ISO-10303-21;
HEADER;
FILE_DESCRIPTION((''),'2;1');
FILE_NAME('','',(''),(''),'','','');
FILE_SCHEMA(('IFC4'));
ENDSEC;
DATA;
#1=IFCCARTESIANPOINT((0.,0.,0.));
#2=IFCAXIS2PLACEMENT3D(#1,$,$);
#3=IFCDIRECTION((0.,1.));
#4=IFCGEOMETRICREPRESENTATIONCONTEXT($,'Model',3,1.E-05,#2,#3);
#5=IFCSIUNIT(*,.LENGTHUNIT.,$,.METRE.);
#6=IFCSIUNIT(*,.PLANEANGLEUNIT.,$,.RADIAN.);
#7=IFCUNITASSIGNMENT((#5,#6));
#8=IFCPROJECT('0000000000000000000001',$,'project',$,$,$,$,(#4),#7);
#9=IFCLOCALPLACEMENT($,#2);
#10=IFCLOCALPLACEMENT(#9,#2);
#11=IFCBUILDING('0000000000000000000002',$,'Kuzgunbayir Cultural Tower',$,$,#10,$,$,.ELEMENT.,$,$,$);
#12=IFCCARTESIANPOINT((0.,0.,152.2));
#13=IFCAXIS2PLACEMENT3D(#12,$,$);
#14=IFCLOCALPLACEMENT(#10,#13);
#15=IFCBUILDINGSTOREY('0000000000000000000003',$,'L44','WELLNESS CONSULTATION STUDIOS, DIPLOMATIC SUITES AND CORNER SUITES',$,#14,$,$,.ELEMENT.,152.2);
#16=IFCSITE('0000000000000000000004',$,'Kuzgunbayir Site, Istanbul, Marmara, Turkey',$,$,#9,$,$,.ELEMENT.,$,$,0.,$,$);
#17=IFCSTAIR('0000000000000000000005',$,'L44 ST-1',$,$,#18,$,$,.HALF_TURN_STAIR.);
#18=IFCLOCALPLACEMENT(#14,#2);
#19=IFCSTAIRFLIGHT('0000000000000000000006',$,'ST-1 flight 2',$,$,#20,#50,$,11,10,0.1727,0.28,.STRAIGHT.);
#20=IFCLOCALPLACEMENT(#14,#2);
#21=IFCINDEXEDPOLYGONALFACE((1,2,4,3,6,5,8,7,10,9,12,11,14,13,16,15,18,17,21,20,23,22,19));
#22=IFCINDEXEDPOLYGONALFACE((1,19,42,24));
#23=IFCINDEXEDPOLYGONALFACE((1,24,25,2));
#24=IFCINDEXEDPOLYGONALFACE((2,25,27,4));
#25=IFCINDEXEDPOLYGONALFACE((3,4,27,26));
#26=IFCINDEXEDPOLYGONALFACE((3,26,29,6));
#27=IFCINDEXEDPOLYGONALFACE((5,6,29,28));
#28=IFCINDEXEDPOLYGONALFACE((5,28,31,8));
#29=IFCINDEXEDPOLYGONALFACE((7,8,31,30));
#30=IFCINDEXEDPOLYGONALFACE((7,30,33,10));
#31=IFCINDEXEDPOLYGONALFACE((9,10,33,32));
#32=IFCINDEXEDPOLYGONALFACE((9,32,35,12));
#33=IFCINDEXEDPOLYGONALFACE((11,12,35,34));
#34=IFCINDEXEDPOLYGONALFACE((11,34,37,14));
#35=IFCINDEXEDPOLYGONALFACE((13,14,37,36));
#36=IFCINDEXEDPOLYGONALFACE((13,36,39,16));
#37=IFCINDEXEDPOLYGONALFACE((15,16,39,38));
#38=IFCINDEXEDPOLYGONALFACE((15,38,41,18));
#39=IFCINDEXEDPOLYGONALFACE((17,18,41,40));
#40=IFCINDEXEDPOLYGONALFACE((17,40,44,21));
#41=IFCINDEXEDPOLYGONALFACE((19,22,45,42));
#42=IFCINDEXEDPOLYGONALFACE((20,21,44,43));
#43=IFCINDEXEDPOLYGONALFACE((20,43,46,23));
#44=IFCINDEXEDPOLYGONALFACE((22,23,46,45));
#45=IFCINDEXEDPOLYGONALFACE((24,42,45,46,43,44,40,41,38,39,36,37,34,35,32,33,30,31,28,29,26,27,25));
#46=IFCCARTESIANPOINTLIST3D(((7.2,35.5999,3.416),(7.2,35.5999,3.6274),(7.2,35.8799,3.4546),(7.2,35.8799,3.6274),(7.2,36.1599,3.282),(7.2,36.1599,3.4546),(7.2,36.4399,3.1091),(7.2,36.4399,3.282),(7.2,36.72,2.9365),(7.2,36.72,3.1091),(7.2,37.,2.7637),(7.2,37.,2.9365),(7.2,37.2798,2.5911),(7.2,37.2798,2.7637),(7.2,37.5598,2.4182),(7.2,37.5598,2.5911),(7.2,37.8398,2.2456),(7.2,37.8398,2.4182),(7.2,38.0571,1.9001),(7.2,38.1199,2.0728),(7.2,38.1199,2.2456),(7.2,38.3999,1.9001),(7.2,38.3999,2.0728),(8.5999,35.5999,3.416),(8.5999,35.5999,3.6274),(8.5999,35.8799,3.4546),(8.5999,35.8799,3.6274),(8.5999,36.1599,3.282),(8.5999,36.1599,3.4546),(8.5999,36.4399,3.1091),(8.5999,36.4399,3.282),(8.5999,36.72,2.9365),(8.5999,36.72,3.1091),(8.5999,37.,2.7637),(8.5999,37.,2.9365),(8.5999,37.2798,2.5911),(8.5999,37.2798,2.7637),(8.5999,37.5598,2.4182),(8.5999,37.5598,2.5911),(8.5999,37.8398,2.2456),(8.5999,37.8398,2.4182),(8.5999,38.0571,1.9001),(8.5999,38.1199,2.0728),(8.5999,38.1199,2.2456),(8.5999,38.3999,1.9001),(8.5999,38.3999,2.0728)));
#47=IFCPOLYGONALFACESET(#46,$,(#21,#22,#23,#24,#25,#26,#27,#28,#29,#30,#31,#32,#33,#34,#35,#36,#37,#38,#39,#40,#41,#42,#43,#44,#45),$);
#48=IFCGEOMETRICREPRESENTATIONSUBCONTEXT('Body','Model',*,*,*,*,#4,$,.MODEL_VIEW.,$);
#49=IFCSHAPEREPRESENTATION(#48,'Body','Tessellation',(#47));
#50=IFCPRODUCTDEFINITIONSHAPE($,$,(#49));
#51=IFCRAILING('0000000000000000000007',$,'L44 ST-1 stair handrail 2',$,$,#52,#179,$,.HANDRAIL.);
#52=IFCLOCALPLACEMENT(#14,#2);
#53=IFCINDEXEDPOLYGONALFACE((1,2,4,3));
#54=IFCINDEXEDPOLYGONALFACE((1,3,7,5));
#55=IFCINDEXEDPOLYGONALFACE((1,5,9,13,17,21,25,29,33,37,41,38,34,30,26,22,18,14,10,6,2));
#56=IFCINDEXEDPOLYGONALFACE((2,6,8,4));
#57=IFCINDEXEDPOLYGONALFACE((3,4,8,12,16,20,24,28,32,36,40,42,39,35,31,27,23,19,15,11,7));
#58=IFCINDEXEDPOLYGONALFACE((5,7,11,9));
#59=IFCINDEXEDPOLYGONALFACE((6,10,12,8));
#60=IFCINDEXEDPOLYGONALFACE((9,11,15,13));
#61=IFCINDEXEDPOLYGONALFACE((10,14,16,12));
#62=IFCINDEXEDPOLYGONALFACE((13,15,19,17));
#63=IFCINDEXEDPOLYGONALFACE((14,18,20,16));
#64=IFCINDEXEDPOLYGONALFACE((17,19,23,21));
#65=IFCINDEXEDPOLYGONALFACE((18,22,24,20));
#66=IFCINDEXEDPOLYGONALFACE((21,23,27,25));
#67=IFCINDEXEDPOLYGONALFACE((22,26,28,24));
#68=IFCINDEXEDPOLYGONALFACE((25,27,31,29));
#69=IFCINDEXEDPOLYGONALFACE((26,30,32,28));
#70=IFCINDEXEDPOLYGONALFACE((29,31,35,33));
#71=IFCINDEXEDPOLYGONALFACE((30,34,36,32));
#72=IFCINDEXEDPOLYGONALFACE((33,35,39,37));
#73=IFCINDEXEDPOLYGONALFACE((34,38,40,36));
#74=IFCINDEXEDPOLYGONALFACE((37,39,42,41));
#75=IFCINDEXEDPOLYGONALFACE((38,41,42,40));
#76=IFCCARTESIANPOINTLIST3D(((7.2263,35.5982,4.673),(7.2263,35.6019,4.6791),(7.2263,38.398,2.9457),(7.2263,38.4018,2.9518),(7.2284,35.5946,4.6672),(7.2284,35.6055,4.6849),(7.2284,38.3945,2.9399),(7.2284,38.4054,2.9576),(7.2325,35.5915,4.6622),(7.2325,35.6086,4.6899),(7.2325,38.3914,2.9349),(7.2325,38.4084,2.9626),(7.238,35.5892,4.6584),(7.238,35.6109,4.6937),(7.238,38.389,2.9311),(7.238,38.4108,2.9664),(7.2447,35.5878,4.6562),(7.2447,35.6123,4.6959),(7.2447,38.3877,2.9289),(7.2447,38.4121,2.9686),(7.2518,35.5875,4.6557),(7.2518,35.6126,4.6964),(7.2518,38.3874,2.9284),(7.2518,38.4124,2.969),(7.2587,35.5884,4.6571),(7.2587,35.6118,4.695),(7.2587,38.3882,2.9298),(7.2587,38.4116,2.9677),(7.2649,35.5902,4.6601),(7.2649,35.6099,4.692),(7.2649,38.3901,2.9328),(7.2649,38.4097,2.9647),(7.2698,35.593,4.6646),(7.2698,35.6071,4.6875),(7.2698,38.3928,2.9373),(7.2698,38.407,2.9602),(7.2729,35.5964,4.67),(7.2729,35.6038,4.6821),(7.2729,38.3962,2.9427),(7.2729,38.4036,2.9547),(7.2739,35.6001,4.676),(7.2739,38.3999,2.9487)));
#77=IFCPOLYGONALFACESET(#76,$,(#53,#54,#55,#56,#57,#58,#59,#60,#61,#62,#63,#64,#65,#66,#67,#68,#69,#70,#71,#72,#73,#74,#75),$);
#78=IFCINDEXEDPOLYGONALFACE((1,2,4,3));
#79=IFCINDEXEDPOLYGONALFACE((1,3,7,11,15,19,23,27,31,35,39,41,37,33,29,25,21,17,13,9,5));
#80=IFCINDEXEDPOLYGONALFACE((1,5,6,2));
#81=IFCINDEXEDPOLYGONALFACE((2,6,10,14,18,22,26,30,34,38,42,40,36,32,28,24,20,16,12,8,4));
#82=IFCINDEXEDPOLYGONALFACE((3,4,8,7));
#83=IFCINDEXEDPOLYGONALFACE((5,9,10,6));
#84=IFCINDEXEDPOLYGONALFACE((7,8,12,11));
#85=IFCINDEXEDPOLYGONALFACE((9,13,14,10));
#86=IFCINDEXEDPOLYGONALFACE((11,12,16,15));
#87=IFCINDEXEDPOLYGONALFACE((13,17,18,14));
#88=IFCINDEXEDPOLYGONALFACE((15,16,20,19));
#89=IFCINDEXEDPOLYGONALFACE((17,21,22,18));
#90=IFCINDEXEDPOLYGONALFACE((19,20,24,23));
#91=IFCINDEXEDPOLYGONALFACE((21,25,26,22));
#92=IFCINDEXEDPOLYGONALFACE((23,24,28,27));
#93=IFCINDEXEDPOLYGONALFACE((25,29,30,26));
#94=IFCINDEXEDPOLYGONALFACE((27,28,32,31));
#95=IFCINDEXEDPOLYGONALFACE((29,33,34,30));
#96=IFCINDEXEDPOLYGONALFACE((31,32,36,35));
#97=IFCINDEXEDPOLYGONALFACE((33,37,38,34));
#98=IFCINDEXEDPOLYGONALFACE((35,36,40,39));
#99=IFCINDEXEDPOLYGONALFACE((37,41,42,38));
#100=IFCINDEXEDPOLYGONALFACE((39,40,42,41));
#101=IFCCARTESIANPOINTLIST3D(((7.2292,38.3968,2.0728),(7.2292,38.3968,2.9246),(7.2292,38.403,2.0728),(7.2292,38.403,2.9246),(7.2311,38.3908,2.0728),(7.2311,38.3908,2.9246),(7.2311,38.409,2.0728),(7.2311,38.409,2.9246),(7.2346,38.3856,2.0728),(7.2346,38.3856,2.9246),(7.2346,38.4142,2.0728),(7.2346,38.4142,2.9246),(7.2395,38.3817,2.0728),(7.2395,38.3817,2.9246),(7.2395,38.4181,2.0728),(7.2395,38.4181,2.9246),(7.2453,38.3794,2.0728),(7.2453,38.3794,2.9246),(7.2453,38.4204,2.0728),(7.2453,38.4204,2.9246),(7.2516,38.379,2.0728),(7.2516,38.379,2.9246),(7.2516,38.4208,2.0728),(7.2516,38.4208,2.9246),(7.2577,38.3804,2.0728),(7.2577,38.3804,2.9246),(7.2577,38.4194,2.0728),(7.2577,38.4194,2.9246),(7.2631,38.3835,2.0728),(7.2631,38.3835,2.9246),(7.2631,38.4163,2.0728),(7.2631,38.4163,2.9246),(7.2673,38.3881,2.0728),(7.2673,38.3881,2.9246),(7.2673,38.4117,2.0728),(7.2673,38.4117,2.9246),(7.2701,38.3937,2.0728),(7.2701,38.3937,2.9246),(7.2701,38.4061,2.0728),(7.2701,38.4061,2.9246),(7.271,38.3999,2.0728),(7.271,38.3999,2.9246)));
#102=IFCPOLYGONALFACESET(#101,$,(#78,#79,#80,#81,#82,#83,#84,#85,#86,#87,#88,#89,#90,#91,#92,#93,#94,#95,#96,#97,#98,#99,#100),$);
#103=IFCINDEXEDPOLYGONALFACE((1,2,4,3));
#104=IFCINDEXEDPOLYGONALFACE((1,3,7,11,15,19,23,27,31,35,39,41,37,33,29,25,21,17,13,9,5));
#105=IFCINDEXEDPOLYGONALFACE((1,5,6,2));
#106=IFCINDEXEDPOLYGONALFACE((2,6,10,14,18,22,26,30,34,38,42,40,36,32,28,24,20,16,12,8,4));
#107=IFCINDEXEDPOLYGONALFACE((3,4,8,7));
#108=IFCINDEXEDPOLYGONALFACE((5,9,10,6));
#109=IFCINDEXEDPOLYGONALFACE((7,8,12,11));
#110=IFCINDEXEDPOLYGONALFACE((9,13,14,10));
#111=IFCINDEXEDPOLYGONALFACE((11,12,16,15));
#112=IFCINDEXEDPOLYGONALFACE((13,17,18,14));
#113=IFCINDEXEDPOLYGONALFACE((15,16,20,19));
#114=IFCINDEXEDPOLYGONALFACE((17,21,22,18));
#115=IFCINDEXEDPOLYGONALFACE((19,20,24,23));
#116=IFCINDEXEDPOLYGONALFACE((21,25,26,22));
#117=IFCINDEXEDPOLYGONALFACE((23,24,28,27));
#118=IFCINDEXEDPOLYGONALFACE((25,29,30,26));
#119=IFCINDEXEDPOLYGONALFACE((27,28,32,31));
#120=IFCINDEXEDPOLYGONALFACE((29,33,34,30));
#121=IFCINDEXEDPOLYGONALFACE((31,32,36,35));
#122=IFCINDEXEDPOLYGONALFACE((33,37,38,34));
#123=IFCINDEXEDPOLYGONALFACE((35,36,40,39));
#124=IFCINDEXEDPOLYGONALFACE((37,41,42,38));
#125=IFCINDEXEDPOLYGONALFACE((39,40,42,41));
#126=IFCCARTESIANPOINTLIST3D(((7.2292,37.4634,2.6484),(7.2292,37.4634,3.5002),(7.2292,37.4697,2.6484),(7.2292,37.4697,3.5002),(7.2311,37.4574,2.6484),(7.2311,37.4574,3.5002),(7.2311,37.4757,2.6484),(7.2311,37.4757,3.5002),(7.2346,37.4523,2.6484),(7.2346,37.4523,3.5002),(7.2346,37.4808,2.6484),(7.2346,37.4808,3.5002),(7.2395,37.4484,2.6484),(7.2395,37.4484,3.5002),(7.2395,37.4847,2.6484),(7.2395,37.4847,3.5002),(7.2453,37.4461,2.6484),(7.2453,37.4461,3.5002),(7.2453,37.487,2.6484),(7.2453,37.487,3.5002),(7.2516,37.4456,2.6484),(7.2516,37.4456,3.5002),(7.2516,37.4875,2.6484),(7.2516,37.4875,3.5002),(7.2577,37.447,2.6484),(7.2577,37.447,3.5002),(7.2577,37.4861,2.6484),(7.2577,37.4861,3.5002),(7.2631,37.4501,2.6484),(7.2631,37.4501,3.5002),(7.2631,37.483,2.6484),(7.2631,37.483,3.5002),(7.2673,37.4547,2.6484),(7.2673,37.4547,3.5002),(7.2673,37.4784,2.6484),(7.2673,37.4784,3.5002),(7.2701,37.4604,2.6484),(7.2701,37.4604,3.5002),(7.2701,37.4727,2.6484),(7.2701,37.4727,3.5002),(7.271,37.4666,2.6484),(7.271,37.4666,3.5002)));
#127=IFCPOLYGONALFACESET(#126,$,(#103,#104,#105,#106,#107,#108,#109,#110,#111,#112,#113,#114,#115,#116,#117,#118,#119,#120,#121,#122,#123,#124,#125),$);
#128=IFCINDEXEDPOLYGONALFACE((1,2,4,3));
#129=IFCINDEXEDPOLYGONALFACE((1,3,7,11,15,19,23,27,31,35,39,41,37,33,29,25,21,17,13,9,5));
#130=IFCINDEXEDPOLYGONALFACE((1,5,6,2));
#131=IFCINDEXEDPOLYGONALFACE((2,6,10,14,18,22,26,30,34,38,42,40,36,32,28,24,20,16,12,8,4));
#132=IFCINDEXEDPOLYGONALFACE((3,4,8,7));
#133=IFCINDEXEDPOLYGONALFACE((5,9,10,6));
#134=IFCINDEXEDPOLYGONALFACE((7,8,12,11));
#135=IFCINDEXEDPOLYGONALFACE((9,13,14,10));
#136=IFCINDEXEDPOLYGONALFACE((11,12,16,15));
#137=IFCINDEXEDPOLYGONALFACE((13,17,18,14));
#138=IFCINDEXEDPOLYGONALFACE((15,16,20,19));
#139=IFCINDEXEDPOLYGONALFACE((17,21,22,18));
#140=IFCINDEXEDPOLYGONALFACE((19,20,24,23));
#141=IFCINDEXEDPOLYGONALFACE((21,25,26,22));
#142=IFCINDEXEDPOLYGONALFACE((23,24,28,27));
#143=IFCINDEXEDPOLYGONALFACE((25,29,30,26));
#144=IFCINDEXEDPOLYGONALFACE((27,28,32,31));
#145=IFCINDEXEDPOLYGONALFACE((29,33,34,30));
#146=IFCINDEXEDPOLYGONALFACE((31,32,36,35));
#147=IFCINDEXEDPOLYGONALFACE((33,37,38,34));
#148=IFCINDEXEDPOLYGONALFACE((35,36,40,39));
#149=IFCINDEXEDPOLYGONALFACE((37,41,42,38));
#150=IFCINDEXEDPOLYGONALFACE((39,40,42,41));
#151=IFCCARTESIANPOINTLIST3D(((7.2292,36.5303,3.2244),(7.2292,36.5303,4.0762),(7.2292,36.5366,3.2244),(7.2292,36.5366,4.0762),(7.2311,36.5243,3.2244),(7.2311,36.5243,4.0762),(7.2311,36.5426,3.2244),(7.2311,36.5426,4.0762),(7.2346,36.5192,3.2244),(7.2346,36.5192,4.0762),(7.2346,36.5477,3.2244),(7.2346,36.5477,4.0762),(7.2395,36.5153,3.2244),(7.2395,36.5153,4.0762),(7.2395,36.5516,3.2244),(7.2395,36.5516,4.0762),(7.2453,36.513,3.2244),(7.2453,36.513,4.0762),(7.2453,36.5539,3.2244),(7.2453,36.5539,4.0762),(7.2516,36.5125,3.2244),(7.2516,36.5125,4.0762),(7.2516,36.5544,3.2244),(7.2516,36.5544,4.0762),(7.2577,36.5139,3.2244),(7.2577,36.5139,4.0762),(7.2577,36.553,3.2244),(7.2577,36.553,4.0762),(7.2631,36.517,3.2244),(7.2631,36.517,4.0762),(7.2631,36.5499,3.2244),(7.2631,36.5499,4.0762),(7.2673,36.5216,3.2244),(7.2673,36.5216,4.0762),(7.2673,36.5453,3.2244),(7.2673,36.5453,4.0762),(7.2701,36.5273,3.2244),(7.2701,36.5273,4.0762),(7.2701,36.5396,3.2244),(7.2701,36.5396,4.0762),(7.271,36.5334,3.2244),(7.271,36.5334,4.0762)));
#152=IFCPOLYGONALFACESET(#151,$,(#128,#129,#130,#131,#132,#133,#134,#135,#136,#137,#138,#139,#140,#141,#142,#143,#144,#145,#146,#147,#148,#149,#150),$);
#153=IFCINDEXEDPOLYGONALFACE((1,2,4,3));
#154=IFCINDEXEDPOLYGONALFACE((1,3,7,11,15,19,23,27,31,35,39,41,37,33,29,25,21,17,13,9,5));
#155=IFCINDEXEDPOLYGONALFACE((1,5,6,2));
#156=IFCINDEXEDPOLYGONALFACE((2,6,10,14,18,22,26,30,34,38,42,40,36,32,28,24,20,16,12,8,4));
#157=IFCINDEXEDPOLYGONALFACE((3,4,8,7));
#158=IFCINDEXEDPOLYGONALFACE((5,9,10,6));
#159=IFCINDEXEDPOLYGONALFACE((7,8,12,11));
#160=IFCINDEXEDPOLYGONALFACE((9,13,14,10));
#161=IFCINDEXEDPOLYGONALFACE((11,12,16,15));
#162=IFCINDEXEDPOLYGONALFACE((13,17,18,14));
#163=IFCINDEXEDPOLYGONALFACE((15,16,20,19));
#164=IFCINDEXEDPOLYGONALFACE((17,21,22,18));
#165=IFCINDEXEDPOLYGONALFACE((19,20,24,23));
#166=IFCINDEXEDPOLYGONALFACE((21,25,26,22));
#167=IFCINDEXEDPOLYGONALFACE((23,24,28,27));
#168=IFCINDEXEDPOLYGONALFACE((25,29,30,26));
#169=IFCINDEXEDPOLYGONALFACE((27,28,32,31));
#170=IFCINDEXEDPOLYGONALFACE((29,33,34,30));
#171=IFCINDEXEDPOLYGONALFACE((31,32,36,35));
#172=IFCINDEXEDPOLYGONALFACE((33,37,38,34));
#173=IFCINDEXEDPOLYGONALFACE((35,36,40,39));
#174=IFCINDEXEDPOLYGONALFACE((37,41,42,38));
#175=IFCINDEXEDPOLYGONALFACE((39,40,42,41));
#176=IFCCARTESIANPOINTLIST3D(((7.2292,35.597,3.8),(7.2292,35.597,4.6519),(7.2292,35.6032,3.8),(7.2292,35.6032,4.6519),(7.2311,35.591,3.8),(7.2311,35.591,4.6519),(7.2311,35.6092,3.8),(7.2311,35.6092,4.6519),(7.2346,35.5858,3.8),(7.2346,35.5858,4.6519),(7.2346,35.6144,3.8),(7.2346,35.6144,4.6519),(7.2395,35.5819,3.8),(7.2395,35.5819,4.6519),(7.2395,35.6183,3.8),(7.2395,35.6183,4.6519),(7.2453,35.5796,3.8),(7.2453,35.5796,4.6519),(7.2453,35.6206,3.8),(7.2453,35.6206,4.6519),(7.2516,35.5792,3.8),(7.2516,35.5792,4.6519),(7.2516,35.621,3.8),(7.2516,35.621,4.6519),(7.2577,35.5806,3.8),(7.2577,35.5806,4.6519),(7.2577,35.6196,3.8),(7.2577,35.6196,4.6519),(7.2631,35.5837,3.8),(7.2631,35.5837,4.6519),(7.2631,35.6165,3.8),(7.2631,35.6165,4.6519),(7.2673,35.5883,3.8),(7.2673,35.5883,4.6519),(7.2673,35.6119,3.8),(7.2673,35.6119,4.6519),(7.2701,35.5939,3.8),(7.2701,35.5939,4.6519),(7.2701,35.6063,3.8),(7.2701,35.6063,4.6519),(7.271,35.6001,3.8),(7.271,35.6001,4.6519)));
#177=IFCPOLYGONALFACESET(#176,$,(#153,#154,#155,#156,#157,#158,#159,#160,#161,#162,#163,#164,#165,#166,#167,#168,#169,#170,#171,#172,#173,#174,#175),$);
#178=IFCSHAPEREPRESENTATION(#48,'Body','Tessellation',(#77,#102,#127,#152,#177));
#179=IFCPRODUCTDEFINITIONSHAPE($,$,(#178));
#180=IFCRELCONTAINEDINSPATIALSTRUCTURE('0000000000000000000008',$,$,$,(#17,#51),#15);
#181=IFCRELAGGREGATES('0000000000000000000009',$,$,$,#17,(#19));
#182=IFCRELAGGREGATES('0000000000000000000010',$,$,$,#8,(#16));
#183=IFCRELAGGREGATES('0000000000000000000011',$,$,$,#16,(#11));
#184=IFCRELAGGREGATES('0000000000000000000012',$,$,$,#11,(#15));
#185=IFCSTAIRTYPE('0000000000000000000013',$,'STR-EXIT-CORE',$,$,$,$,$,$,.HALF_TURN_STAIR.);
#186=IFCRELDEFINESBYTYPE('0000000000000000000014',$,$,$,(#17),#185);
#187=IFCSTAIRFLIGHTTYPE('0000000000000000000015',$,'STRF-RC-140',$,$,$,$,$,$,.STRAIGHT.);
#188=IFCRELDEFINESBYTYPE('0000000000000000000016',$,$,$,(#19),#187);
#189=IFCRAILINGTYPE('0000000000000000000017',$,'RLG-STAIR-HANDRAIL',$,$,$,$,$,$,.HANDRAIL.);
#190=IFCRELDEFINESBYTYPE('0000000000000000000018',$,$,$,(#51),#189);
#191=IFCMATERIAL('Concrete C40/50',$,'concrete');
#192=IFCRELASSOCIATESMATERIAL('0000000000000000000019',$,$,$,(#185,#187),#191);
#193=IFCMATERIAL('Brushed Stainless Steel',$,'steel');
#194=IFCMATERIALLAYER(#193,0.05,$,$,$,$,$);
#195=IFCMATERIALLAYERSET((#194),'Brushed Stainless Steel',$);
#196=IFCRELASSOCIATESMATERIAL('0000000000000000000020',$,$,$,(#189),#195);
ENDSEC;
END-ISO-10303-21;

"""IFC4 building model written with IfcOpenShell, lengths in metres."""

from ifc_helpers import new_model, si_unit, direction, frame, origin, origin_2d, place, context, subcontext, project, spatial, polyline, circle, outline, extrude, material, layer, layer_set, type_object, element, aggregate, save


model = new_model("IFC4")

# Units and contexts
model_context = context("Model", 3, precision=1e-05, world=origin(), true_north=direction((0.0, 1.0)))
body_context = subcontext(model_context, "Body", "Model", "MODEL_VIEW")
ifc_project = project(units=[si_unit("LENGTHUNIT", "METRE"), si_unit("PLANEANGLEUNIT", "RADIAN")], contexts=[model_context])

# Site, building, storey
site_placement = place(None, origin())
site = spatial("IfcSite", under=ifc_project, at=site_placement, Name="Kuzgunbayir Site, Istanbul, Marmara, Turkey", CompositionType="ELEMENT", RefElevation=0.0)
building_placement = place(site_placement, origin())
building = spatial("IfcBuilding", under=site, at=building_placement, Name="Kuzgunbayir Cultural Tower", CompositionType="ELEMENT")
storey_placement = place(building_placement, frame((0.0, 0.0, 152.2)))
storey = spatial("IfcBuildingStorey", under=building, at=storey_placement, Name="L44", Description="WELLNESS CONSULTATION STUDIOS, DIPLOMATIC SUITES AND CORNER SUITES", CompositionType="ELEMENT", Elevation=152.2)

# Stair, stair flight
ifc_material_1 = material(Name="Concrete C40/50", Category="concrete")
stair_type = type_object("IfcStairType", Name="STR-EXIT-CORE", PredefinedType="HALF_TURN_STAIR", material=ifc_material_1)
stair_placement = place(storey_placement, origin())
stair = element("IfcStair", 1, at=stair_placement, inside=storey, type_object=stair_type, Name="L44 ST-1", PredefinedType="HALF_TURN_STAIR")
stair_flight_type = type_object("IfcStairFlightType", Name="STRF-RC-140", PredefinedType="STRAIGHT", material=ifc_material_1)
stair_flight_placement = place(storey_placement, frame((7.8999, 38.3999, 1.9001), z_axis=(0.0, 0.0, 1.0), x_axis=(0.0, -1.0, 0.0)))
stair_flight = element("IfcStairFlight", 2, at=stair_flight_placement, type_object=stair_flight_type, Name="ST-1 flight 2", NumberOfRisers=11, NumberOfTreads=10, PredefinedType="STRAIGHT", RiserHeight=0.1727, TreadLength=0.28, context=body_context, shape_type="SweptSolid", body=[
    extrude(outline(polyline([(0.0, 0.0), (0.0, 0.1726), (0.28, 0.1726), (0.28, 0.3455), (0.5601, 0.3455), (0.5601, 0.5181), (0.8401, 0.5181), (0.8401, 0.6909), (1.1201, 0.6909), (1.1201, 0.8635), (1.3999, 0.8635), (1.3999, 1.0364), (1.6799, 1.0364), (1.6799, 1.209), (1.96, 1.209), (1.96, 1.3818), (2.24, 1.3818), (2.24, 1.5544), (2.52, 1.5544), (2.52, 1.7273), (2.8, 1.7273), (2.8, 1.8999), (2.8, 1.5159), (0.3428, 0.0), (0.0, 0.0)])), frame((0.0, 0.7, 0.0), z_axis=(0.0, -1.0, 0.0), x_axis=(1.0, 0.0, 0.0)), (0.0, 0.0, 1.0), 1.3999),
])
aggregate(stair, [stair_flight])

# Railing
ifc_material_2 = material(Name="Brushed Stainless Steel", Category="steel")
ifc_layer_1 = layer(ifc_material_2, 0.05)
ifc_layer_set_1 = layer_set([ifc_layer_1], Name="Brushed Stainless Steel")
railing_type_1 = type_object("IfcRailingType", Name="RLG-STAIR-HANDRAIL", PredefinedType="HANDRAIL", material=ifc_layer_set_1)
railing_1_placement = place(storey_placement, frame((7.25, 38.3999, 2.0728)))
element("IfcRailing", 3, at=railing_1_placement, inside=storey, type_object=railing_type_1, Name="L44 ST-1 stair handrail 2", PredefinedType="HANDRAIL", context=body_context, shape_type="SweptSolid", body=[
    extrude(circle(Radius=0.0239, at=origin_2d()), frame((0.0, 0.0, 0.876), z_axis=(0.0, -0.851069, 0.525054), x_axis=(1.0, 0.0, 0.0)), (0.0, 0.0, 1.0), 3.2898),
    extrude(circle(Radius=0.021, at=origin_2d()), origin(), (0.0, 0.0, 1.0), 0.8518),
    extrude(circle(Radius=0.021, at=origin_2d()), frame((0.0, -0.9333, 0.5757)), (0.0, 0.0, 1.0), 0.8518),
    extrude(circle(Radius=0.021, at=origin_2d()), frame((0.0, -1.8665, 1.1516)), (0.0, 0.0, 1.0), 0.8518),
    extrude(circle(Radius=0.021, at=origin_2d()), frame((0.0, -2.7998, 1.7273)), (0.0, 0.0, 1.0), 0.8518),
])

save(model, "model.ifc")
